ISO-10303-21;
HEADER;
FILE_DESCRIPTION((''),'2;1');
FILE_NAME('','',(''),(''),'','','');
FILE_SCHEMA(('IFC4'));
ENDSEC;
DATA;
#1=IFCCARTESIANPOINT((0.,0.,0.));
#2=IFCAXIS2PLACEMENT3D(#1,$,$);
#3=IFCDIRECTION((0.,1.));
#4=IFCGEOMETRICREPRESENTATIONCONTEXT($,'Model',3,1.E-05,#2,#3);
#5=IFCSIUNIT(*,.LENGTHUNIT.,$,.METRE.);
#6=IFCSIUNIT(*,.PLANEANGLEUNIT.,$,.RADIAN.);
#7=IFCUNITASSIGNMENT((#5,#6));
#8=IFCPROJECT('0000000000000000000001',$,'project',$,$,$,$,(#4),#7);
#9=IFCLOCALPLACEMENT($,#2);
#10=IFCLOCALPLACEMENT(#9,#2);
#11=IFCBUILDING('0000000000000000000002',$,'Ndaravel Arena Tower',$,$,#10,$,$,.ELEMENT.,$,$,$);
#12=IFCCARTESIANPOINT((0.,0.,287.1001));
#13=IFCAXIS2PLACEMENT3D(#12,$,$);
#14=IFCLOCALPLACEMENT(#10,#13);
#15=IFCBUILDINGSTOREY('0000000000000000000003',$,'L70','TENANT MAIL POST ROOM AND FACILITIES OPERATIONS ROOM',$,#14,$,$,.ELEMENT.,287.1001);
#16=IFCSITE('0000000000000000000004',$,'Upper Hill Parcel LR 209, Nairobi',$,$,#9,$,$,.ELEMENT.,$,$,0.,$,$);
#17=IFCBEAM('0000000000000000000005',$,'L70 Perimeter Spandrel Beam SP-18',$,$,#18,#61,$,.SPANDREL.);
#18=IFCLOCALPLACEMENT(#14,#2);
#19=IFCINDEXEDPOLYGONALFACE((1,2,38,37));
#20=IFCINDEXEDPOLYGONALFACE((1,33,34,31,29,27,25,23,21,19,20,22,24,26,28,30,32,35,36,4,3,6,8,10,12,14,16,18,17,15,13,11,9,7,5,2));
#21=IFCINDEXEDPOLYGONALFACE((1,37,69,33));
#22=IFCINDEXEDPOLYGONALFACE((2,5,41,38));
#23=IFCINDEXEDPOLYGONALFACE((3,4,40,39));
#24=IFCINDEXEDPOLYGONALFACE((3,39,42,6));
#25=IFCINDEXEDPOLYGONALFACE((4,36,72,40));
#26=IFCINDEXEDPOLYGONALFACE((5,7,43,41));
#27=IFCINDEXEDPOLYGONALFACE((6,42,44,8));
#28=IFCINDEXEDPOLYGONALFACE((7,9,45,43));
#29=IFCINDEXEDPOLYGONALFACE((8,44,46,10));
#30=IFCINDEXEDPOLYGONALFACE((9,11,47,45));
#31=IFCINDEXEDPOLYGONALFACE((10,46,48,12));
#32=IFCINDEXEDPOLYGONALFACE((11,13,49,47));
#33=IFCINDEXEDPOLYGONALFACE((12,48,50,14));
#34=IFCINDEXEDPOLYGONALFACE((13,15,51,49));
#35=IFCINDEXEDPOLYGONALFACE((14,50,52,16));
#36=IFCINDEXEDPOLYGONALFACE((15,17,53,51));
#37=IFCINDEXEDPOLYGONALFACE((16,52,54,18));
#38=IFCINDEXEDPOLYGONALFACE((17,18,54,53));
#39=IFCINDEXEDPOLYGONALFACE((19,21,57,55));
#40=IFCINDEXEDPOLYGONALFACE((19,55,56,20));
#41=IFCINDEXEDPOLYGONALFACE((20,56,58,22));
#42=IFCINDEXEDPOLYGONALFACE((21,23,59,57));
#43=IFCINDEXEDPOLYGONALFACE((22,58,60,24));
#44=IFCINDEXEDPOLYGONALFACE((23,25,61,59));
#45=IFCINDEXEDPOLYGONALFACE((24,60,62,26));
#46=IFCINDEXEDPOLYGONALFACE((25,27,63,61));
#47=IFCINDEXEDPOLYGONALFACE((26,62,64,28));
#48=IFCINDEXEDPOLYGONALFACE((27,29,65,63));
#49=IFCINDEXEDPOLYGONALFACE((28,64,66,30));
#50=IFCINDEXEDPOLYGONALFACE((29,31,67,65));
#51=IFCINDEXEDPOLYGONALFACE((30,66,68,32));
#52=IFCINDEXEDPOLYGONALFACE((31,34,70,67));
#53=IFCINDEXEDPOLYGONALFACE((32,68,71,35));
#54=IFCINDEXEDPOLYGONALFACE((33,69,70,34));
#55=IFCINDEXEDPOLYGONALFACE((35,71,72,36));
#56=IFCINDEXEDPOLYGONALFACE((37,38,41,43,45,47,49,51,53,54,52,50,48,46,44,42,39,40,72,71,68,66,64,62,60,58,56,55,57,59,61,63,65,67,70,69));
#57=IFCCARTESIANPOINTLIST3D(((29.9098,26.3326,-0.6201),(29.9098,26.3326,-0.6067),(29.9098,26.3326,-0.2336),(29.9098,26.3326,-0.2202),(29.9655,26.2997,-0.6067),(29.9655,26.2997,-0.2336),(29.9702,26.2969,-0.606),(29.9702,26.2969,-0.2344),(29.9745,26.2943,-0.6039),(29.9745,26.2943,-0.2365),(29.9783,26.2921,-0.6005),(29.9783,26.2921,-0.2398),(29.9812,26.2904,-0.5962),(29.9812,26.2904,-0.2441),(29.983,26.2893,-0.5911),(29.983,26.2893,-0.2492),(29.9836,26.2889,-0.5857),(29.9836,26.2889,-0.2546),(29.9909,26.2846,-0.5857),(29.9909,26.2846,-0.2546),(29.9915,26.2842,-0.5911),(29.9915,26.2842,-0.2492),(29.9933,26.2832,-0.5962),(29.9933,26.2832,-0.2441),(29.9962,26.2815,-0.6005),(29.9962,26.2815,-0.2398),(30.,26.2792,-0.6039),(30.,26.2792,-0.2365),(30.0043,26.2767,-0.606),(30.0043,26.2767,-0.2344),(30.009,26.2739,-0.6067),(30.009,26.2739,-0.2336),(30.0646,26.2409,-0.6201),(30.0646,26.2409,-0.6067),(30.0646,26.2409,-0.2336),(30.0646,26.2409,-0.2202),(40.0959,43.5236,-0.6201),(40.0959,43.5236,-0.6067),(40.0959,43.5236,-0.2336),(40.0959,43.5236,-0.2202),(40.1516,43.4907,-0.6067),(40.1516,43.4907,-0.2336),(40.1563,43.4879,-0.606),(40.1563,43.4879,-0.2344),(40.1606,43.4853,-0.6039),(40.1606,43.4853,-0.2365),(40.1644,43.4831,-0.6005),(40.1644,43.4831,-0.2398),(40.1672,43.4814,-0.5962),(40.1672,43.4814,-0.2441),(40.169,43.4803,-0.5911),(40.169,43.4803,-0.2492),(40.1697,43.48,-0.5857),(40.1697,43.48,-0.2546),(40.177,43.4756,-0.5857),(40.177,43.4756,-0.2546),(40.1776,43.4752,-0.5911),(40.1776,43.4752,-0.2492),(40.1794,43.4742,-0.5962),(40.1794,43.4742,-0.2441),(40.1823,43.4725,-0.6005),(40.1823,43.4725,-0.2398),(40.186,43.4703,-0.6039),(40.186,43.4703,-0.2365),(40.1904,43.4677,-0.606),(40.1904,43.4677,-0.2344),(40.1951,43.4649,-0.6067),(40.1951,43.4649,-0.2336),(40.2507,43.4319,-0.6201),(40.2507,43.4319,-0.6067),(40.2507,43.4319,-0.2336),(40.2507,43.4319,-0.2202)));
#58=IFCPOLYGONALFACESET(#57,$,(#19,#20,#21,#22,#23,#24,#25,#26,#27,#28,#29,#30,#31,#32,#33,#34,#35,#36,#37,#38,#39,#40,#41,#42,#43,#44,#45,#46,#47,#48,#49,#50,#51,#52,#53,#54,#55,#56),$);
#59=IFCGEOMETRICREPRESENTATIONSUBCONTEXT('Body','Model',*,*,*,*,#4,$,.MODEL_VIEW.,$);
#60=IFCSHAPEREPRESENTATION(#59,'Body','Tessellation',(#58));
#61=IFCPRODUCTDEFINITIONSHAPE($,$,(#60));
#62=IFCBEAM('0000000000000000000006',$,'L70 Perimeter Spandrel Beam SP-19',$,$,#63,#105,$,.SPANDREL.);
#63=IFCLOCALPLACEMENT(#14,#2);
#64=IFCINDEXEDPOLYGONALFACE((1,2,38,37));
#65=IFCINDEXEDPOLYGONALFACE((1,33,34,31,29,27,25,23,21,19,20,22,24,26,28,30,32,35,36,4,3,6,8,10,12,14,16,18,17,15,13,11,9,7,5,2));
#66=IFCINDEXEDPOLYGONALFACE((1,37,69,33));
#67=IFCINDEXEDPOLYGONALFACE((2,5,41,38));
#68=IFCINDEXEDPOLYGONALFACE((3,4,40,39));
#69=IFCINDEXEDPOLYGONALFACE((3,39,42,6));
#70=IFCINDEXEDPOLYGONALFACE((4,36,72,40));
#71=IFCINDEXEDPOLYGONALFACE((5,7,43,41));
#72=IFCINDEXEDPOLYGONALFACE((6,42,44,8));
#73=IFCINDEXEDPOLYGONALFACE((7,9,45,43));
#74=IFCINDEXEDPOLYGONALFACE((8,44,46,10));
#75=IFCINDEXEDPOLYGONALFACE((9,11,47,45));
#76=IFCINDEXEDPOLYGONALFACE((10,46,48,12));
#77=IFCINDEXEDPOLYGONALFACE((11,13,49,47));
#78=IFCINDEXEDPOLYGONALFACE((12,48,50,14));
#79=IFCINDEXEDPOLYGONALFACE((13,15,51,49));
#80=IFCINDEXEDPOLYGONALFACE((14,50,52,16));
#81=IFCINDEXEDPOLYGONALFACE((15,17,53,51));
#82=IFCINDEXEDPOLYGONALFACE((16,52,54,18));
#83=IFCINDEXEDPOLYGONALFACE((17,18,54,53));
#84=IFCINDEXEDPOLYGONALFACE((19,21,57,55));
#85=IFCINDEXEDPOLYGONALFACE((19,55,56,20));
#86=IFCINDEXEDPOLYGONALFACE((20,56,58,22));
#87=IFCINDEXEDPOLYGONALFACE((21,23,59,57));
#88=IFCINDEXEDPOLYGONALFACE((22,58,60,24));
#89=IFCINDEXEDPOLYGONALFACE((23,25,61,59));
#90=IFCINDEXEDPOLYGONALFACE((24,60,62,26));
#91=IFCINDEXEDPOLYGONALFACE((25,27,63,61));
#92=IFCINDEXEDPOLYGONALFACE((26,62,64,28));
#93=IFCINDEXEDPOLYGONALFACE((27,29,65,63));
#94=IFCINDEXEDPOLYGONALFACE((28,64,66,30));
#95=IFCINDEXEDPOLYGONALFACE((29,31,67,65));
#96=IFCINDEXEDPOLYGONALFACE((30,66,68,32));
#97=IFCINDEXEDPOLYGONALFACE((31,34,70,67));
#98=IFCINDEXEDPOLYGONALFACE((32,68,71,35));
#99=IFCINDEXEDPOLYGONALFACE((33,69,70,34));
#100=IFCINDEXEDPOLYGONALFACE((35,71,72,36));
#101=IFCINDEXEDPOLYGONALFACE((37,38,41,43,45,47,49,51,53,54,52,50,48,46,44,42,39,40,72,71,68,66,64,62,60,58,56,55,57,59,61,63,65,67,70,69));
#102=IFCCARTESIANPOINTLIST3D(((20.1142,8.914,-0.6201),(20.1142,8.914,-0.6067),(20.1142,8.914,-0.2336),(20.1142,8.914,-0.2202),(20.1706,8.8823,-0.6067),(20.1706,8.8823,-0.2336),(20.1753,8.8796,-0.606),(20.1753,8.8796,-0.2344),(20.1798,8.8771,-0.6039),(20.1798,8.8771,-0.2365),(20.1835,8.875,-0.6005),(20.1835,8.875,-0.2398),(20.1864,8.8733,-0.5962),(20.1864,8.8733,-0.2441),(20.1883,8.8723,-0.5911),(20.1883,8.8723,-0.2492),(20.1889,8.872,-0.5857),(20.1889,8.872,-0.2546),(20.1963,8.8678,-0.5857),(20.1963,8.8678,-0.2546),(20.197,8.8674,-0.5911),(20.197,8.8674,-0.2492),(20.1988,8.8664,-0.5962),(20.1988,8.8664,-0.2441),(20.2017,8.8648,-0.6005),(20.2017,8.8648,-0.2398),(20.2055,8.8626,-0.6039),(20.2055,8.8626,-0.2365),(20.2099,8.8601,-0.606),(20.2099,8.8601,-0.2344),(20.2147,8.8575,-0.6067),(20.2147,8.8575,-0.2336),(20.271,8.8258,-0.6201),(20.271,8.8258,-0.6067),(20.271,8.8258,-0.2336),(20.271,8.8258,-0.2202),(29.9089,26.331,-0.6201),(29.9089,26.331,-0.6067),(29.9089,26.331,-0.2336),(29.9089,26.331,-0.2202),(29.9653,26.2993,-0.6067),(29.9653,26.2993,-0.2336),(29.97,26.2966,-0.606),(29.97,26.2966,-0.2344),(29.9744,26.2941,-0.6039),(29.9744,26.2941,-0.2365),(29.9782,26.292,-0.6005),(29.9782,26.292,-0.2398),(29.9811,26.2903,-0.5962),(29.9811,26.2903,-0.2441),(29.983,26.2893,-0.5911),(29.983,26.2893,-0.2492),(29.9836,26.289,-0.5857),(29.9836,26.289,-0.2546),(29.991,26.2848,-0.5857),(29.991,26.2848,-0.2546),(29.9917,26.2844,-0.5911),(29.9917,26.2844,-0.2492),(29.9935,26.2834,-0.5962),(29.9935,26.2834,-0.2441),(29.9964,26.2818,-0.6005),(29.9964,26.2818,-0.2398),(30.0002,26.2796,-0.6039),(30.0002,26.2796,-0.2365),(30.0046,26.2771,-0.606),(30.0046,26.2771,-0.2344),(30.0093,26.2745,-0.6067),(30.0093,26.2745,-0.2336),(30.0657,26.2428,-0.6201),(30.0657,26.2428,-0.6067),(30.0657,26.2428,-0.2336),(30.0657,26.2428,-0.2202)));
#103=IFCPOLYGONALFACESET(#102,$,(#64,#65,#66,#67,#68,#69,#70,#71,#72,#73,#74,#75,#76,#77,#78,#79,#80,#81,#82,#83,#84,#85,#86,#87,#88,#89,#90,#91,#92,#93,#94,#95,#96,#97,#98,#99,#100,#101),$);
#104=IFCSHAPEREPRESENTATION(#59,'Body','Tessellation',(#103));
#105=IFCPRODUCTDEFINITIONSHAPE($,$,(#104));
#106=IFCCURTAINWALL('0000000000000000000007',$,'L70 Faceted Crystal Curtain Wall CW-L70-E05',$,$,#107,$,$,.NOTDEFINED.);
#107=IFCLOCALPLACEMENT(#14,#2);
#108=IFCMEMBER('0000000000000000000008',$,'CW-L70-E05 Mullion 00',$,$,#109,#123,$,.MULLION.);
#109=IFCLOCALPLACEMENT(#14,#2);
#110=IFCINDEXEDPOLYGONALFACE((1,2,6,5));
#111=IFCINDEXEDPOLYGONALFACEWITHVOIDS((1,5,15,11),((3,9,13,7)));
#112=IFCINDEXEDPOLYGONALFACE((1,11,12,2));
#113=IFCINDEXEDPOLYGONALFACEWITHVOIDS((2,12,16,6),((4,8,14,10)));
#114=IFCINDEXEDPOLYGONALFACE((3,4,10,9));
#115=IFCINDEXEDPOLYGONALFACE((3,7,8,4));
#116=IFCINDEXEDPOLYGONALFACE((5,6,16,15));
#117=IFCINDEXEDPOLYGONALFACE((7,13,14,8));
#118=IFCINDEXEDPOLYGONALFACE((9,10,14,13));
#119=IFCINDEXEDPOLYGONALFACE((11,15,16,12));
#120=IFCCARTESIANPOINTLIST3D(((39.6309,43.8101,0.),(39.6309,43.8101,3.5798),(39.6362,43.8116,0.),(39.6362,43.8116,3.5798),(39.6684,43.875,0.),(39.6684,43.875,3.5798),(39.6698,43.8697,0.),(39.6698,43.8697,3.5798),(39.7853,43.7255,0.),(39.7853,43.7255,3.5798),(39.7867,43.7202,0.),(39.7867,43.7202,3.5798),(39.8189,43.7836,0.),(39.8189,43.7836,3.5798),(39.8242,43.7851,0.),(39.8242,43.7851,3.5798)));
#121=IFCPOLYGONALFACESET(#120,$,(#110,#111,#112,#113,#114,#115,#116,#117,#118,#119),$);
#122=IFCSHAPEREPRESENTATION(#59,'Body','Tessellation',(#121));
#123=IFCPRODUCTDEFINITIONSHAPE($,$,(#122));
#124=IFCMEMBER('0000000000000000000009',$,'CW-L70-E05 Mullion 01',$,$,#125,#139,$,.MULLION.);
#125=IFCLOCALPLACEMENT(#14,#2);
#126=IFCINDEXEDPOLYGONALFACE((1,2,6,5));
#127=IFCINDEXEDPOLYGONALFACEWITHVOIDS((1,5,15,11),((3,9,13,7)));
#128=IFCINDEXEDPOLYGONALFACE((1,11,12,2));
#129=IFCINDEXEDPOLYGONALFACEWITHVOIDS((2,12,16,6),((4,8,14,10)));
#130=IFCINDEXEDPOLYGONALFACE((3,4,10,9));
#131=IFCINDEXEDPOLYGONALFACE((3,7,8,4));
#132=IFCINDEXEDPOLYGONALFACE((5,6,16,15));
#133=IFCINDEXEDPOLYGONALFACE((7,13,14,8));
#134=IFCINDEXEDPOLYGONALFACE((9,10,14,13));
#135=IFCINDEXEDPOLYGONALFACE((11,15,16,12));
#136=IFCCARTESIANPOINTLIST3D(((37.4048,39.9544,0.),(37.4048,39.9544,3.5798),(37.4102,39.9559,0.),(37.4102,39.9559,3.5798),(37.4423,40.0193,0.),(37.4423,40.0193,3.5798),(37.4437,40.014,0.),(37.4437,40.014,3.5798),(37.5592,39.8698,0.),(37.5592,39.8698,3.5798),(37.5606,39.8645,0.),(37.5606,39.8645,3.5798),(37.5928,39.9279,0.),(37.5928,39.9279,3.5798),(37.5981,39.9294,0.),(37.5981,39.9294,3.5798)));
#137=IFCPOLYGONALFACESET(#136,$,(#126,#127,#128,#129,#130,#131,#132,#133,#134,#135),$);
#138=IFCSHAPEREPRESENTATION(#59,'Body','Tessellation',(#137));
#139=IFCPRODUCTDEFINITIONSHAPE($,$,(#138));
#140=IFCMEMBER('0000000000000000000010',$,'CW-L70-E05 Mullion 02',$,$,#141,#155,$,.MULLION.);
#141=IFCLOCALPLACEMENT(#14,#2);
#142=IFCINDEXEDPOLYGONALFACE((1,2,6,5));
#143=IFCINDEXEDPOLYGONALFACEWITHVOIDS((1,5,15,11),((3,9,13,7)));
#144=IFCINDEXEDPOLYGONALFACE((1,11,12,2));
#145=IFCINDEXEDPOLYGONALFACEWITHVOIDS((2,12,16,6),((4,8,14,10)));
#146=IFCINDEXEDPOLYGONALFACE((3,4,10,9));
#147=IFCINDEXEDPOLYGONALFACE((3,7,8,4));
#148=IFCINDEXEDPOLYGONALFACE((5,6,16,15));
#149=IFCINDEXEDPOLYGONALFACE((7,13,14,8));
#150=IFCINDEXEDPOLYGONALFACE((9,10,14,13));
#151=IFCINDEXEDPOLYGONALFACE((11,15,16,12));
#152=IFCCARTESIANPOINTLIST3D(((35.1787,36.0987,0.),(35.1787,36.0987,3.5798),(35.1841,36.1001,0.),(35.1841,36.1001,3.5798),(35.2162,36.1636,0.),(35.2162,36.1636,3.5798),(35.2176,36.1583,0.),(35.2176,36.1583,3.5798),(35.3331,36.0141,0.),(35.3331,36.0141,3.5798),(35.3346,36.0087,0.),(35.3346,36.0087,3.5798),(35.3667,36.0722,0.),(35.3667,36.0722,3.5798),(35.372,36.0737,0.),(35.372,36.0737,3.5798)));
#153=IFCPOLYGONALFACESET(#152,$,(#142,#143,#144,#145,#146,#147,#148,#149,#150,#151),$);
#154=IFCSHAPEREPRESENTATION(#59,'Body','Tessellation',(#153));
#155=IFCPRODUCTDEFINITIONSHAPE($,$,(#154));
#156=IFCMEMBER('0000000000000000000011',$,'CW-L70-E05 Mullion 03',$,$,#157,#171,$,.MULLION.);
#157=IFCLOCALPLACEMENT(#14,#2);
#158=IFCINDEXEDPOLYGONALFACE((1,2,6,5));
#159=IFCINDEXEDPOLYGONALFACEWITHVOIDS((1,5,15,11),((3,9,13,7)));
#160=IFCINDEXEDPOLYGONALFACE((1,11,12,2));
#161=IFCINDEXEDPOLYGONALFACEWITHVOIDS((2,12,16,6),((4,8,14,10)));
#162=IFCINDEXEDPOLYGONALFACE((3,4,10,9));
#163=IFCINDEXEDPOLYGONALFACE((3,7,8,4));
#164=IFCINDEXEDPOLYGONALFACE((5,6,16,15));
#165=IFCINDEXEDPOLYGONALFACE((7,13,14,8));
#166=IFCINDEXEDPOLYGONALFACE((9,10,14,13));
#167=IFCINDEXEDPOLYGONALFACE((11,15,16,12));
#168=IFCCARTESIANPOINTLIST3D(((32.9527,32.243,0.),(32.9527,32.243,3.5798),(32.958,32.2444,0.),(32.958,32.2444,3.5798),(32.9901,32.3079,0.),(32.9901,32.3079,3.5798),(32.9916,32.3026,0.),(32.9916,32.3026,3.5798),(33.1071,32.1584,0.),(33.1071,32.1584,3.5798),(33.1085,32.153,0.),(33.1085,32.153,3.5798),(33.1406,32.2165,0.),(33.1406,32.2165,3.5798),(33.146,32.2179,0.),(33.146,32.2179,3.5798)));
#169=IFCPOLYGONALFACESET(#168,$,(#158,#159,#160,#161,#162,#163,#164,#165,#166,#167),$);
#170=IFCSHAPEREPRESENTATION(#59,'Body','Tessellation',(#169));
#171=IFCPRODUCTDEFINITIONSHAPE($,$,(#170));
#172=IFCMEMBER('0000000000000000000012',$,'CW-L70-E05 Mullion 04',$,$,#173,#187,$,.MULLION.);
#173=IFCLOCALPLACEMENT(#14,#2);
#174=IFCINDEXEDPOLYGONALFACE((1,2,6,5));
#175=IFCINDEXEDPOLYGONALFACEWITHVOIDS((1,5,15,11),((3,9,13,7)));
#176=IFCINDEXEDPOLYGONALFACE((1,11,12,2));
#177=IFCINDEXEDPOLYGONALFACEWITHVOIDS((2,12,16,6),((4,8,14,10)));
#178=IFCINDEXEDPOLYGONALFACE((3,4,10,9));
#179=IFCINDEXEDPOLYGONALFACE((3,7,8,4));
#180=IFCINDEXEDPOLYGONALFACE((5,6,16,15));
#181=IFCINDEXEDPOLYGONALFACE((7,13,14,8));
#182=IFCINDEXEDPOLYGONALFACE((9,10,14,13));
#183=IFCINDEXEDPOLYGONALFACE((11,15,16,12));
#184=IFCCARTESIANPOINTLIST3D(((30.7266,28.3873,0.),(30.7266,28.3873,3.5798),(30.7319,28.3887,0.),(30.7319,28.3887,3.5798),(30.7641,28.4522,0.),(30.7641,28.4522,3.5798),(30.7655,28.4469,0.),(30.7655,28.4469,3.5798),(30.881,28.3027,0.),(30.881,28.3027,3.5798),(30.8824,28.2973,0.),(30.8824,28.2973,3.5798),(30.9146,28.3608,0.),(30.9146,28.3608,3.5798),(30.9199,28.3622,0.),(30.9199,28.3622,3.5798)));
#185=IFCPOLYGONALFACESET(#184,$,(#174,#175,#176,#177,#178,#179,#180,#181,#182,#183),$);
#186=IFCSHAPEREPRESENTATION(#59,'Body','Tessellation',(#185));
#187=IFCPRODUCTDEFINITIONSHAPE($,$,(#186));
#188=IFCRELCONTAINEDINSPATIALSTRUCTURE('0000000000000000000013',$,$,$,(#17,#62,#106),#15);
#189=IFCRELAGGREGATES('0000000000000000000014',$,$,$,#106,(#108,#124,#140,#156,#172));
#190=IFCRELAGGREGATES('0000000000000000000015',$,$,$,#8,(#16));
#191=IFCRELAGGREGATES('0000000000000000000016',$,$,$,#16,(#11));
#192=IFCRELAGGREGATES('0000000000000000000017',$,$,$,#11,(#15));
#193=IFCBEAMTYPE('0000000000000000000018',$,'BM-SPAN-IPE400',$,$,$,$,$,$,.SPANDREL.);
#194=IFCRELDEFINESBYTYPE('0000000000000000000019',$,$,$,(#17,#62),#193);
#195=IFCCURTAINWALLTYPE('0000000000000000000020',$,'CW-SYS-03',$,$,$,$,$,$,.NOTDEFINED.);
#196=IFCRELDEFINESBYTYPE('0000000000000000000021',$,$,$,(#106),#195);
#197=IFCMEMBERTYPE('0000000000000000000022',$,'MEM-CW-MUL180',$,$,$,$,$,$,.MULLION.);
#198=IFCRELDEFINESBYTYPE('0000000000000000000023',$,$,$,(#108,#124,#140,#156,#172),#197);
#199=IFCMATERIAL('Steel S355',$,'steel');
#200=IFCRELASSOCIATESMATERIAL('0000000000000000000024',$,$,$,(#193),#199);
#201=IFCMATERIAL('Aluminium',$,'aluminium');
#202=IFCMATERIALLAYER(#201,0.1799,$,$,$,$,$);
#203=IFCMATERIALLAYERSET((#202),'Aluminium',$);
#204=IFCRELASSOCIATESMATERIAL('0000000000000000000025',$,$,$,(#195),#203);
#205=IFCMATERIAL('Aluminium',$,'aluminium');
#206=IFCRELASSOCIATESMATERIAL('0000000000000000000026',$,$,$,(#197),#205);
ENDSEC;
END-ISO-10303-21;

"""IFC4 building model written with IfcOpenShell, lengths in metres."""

from ifc_helpers import new_model, si_unit, direction, frame, origin, origin_2d, place, context, subcontext, project, spatial, hollow_rectangle, i_section, extrude, material, layer, layer_set, material_profile, profile_set, type_object, element, aggregate, save


model = new_model("IFC4")

# Units and contexts
model_context = context("Model", 3, precision=1e-05, world=origin(), true_north=direction((0.0, 1.0)))
body_context = subcontext(model_context, "Body", "Model", "MODEL_VIEW")
ifc_project = project(units=[si_unit("LENGTHUNIT", "METRE"), si_unit("PLANEANGLEUNIT", "RADIAN")], contexts=[model_context])

# Site, building, storey
site_placement = place(None, origin())
site = spatial("IfcSite", under=ifc_project, at=site_placement, Name="Upper Hill Parcel LR 209, Nairobi", CompositionType="ELEMENT", RefElevation=0.0)
building_placement = place(site_placement, origin())
building = spatial("IfcBuilding", under=site, at=building_placement, Name="Ndaravel Arena Tower", CompositionType="ELEMENT")
storey_placement = place(building_placement, frame((0.0, 0.0, 287.1001)))
storey = spatial("IfcBuildingStorey", under=building, at=storey_placement, Name="L70", Description="TENANT MAIL POST ROOM AND FACILITIES OPERATIONS ROOM", CompositionType="ELEMENT", Elevation=287.1001)

# Beams
ifc_material_1 = material(Name="Steel S355", Category="steel")
ifc_material_profile_1 = material_profile(ifc_material_1, i_section(OverallWidth=0.1799, OverallDepth=0.3999, WebThickness=0.0085, FlangeThickness=0.0134, FilletRadius=0.021, at=origin_2d()), Name="IPE 400")
ifc_profile_set_1 = profile_set([ifc_material_profile_1], Name="Steel S355")
beam_type_1 = type_object("IfcBeamType", Name="BM-SPAN-IPE400", PredefinedType="SPANDREL", material=ifc_profile_set_1)
for number, where, z_axis, x_axis, name in (
    (1, (40.1733, 43.4778, -0.4202), (-0.509759, -0.860317, 0.0), (0.860317, -0.509759, 0.0), "L70 Perimeter Spandrel Beam SP-18"),
    (2, (29.9873, 26.2869, -0.4202), (-0.490171, -0.871626, 0.0), (0.871626, -0.490171, 0.0), "L70 Perimeter Spandrel Beam SP-19"),
):
    element("IfcBeam", number, at=place(storey_placement, frame(where, z_axis=z_axis, x_axis=x_axis)), inside=storey, type_object=beam_type_1, Name=name, PredefinedType="SPANDREL", context=body_context, shape_type="SweptSolid", body=[
        extrude(i_section(OverallWidth=0.1799, OverallDepth=0.3999, WebThickness=0.0085, FlangeThickness=0.0134, FilletRadius=0.021, at=origin_2d()), origin(), (0.0, 0.0, 1.0), 19.9822),
    ])

# Curtain wall, members
ifc_material_2 = material(Name="Aluminium", Category="aluminium")
ifc_layer_1 = layer(ifc_material_2, 0.1799)
ifc_layer_set_1 = layer_set([ifc_layer_1], Name="Aluminium")
curtain_wall_type_1 = type_object("IfcCurtainWallType", Name="CW-SYS-03", PredefinedType="NOTDEFINED", material=ifc_layer_set_1)
curtain_wall_1_placement = place(storey_placement, origin())
curtain_wall_1 = element("IfcCurtainWall", 3, at=curtain_wall_1_placement, inside=storey, type_object=curtain_wall_type_1, Name="L70 Faceted Crystal Curtain Wall CW-L70-E05", PredefinedType="NOTDEFINED")
ifc_material_3 = material(Name="Aluminium", Category="aluminium")
ifc_material_profile_2 = material_profile(ifc_material_3, hollow_rectangle(XDim=0.075, YDim=0.1799, WallThickness=0.0039, at=origin_2d()), Name="CW MULLION 75x180x4")
ifc_profile_set_2 = profile_set([ifc_material_profile_2], Name="Aluminium")
member_type_1 = type_object("IfcMemberType", Name="MEM-CW-MUL180", PredefinedType="MULLION", material=ifc_profile_set_2)
member_1_placement = place(storey_placement, frame((39.7275, 43.7976, 0.0), z_axis=(0.0, 0.0, 1.0), x_axis=(-0.5, -0.866025, 0.0)))
member_1 = element("IfcMember", 4, at=member_1_placement, type_object=member_type_1, Name="CW-L70-E05 Mullion 00", PredefinedType="MULLION", context=body_context, shape_type="SweptSolid", body=[
    extrude(hollow_rectangle(XDim=0.075, YDim=0.1799, WallThickness=0.0039, at=origin_2d()), origin(), (0.0, 0.0, 1.0), 3.5798),
])
member_2_placement = place(storey_placement, frame((37.5015, 39.9419, 0.0), z_axis=(0.0, 0.0, 1.0), x_axis=(-0.5, -0.866025, 0.0)))
member_2 = element("IfcMember", 5, at=member_2_placement, type_object=member_type_1, Name="CW-L70-E05 Mullion 01", PredefinedType="MULLION", context=body_context, shape_type="SweptSolid", body=[
    extrude(hollow_rectangle(XDim=0.075, YDim=0.1799, WallThickness=0.0039, at=origin_2d()), origin(), (0.0, 0.0, 1.0), 3.5798),
])
member_3_placement = place(storey_placement, frame((35.2754, 36.0862, 0.0), z_axis=(0.0, 0.0, 1.0), x_axis=(-0.5, -0.866025, 0.0)))
member_3 = element("IfcMember", 6, at=member_3_placement, type_object=member_type_1, Name="CW-L70-E05 Mullion 02", PredefinedType="MULLION", context=body_context, shape_type="SweptSolid", body=[
    extrude(hollow_rectangle(XDim=0.075, YDim=0.1799, WallThickness=0.0039, at=origin_2d()), origin(), (0.0, 0.0, 1.0), 3.5798),
])
member_4_placement = place(storey_placement, frame((33.0493, 32.2305, 0.0), z_axis=(0.0, 0.0, 1.0), x_axis=(-0.5, -0.866025, 0.0)))
member_4 = element("IfcMember", 7, at=member_4_placement, type_object=member_type_1, Name="CW-L70-E05 Mullion 03", PredefinedType="MULLION", context=body_context, shape_type="SweptSolid", body=[
    extrude(hollow_rectangle(XDim=0.075, YDim=0.1799, WallThickness=0.0039, at=origin_2d()), origin(), (0.0, 0.0, 1.0), 3.5798),
])
member_5_placement = place(storey_placement, frame((30.8232, 28.3748, 0.0), z_axis=(0.0, 0.0, 1.0), x_axis=(-0.5, -0.866025, 0.0)))
member_5 = element("IfcMember", 8, at=member_5_placement, type_object=member_type_1, Name="CW-L70-E05 Mullion 04", PredefinedType="MULLION", context=body_context, shape_type="SweptSolid", body=[
    extrude(hollow_rectangle(XDim=0.075, YDim=0.1799, WallThickness=0.0039, at=origin_2d()), origin(), (0.0, 0.0, 1.0), 3.5798),
])

aggregate(curtain_wall_1, [member_1, member_2, member_3, member_4, member_5])

save(model, "model.ifc")
